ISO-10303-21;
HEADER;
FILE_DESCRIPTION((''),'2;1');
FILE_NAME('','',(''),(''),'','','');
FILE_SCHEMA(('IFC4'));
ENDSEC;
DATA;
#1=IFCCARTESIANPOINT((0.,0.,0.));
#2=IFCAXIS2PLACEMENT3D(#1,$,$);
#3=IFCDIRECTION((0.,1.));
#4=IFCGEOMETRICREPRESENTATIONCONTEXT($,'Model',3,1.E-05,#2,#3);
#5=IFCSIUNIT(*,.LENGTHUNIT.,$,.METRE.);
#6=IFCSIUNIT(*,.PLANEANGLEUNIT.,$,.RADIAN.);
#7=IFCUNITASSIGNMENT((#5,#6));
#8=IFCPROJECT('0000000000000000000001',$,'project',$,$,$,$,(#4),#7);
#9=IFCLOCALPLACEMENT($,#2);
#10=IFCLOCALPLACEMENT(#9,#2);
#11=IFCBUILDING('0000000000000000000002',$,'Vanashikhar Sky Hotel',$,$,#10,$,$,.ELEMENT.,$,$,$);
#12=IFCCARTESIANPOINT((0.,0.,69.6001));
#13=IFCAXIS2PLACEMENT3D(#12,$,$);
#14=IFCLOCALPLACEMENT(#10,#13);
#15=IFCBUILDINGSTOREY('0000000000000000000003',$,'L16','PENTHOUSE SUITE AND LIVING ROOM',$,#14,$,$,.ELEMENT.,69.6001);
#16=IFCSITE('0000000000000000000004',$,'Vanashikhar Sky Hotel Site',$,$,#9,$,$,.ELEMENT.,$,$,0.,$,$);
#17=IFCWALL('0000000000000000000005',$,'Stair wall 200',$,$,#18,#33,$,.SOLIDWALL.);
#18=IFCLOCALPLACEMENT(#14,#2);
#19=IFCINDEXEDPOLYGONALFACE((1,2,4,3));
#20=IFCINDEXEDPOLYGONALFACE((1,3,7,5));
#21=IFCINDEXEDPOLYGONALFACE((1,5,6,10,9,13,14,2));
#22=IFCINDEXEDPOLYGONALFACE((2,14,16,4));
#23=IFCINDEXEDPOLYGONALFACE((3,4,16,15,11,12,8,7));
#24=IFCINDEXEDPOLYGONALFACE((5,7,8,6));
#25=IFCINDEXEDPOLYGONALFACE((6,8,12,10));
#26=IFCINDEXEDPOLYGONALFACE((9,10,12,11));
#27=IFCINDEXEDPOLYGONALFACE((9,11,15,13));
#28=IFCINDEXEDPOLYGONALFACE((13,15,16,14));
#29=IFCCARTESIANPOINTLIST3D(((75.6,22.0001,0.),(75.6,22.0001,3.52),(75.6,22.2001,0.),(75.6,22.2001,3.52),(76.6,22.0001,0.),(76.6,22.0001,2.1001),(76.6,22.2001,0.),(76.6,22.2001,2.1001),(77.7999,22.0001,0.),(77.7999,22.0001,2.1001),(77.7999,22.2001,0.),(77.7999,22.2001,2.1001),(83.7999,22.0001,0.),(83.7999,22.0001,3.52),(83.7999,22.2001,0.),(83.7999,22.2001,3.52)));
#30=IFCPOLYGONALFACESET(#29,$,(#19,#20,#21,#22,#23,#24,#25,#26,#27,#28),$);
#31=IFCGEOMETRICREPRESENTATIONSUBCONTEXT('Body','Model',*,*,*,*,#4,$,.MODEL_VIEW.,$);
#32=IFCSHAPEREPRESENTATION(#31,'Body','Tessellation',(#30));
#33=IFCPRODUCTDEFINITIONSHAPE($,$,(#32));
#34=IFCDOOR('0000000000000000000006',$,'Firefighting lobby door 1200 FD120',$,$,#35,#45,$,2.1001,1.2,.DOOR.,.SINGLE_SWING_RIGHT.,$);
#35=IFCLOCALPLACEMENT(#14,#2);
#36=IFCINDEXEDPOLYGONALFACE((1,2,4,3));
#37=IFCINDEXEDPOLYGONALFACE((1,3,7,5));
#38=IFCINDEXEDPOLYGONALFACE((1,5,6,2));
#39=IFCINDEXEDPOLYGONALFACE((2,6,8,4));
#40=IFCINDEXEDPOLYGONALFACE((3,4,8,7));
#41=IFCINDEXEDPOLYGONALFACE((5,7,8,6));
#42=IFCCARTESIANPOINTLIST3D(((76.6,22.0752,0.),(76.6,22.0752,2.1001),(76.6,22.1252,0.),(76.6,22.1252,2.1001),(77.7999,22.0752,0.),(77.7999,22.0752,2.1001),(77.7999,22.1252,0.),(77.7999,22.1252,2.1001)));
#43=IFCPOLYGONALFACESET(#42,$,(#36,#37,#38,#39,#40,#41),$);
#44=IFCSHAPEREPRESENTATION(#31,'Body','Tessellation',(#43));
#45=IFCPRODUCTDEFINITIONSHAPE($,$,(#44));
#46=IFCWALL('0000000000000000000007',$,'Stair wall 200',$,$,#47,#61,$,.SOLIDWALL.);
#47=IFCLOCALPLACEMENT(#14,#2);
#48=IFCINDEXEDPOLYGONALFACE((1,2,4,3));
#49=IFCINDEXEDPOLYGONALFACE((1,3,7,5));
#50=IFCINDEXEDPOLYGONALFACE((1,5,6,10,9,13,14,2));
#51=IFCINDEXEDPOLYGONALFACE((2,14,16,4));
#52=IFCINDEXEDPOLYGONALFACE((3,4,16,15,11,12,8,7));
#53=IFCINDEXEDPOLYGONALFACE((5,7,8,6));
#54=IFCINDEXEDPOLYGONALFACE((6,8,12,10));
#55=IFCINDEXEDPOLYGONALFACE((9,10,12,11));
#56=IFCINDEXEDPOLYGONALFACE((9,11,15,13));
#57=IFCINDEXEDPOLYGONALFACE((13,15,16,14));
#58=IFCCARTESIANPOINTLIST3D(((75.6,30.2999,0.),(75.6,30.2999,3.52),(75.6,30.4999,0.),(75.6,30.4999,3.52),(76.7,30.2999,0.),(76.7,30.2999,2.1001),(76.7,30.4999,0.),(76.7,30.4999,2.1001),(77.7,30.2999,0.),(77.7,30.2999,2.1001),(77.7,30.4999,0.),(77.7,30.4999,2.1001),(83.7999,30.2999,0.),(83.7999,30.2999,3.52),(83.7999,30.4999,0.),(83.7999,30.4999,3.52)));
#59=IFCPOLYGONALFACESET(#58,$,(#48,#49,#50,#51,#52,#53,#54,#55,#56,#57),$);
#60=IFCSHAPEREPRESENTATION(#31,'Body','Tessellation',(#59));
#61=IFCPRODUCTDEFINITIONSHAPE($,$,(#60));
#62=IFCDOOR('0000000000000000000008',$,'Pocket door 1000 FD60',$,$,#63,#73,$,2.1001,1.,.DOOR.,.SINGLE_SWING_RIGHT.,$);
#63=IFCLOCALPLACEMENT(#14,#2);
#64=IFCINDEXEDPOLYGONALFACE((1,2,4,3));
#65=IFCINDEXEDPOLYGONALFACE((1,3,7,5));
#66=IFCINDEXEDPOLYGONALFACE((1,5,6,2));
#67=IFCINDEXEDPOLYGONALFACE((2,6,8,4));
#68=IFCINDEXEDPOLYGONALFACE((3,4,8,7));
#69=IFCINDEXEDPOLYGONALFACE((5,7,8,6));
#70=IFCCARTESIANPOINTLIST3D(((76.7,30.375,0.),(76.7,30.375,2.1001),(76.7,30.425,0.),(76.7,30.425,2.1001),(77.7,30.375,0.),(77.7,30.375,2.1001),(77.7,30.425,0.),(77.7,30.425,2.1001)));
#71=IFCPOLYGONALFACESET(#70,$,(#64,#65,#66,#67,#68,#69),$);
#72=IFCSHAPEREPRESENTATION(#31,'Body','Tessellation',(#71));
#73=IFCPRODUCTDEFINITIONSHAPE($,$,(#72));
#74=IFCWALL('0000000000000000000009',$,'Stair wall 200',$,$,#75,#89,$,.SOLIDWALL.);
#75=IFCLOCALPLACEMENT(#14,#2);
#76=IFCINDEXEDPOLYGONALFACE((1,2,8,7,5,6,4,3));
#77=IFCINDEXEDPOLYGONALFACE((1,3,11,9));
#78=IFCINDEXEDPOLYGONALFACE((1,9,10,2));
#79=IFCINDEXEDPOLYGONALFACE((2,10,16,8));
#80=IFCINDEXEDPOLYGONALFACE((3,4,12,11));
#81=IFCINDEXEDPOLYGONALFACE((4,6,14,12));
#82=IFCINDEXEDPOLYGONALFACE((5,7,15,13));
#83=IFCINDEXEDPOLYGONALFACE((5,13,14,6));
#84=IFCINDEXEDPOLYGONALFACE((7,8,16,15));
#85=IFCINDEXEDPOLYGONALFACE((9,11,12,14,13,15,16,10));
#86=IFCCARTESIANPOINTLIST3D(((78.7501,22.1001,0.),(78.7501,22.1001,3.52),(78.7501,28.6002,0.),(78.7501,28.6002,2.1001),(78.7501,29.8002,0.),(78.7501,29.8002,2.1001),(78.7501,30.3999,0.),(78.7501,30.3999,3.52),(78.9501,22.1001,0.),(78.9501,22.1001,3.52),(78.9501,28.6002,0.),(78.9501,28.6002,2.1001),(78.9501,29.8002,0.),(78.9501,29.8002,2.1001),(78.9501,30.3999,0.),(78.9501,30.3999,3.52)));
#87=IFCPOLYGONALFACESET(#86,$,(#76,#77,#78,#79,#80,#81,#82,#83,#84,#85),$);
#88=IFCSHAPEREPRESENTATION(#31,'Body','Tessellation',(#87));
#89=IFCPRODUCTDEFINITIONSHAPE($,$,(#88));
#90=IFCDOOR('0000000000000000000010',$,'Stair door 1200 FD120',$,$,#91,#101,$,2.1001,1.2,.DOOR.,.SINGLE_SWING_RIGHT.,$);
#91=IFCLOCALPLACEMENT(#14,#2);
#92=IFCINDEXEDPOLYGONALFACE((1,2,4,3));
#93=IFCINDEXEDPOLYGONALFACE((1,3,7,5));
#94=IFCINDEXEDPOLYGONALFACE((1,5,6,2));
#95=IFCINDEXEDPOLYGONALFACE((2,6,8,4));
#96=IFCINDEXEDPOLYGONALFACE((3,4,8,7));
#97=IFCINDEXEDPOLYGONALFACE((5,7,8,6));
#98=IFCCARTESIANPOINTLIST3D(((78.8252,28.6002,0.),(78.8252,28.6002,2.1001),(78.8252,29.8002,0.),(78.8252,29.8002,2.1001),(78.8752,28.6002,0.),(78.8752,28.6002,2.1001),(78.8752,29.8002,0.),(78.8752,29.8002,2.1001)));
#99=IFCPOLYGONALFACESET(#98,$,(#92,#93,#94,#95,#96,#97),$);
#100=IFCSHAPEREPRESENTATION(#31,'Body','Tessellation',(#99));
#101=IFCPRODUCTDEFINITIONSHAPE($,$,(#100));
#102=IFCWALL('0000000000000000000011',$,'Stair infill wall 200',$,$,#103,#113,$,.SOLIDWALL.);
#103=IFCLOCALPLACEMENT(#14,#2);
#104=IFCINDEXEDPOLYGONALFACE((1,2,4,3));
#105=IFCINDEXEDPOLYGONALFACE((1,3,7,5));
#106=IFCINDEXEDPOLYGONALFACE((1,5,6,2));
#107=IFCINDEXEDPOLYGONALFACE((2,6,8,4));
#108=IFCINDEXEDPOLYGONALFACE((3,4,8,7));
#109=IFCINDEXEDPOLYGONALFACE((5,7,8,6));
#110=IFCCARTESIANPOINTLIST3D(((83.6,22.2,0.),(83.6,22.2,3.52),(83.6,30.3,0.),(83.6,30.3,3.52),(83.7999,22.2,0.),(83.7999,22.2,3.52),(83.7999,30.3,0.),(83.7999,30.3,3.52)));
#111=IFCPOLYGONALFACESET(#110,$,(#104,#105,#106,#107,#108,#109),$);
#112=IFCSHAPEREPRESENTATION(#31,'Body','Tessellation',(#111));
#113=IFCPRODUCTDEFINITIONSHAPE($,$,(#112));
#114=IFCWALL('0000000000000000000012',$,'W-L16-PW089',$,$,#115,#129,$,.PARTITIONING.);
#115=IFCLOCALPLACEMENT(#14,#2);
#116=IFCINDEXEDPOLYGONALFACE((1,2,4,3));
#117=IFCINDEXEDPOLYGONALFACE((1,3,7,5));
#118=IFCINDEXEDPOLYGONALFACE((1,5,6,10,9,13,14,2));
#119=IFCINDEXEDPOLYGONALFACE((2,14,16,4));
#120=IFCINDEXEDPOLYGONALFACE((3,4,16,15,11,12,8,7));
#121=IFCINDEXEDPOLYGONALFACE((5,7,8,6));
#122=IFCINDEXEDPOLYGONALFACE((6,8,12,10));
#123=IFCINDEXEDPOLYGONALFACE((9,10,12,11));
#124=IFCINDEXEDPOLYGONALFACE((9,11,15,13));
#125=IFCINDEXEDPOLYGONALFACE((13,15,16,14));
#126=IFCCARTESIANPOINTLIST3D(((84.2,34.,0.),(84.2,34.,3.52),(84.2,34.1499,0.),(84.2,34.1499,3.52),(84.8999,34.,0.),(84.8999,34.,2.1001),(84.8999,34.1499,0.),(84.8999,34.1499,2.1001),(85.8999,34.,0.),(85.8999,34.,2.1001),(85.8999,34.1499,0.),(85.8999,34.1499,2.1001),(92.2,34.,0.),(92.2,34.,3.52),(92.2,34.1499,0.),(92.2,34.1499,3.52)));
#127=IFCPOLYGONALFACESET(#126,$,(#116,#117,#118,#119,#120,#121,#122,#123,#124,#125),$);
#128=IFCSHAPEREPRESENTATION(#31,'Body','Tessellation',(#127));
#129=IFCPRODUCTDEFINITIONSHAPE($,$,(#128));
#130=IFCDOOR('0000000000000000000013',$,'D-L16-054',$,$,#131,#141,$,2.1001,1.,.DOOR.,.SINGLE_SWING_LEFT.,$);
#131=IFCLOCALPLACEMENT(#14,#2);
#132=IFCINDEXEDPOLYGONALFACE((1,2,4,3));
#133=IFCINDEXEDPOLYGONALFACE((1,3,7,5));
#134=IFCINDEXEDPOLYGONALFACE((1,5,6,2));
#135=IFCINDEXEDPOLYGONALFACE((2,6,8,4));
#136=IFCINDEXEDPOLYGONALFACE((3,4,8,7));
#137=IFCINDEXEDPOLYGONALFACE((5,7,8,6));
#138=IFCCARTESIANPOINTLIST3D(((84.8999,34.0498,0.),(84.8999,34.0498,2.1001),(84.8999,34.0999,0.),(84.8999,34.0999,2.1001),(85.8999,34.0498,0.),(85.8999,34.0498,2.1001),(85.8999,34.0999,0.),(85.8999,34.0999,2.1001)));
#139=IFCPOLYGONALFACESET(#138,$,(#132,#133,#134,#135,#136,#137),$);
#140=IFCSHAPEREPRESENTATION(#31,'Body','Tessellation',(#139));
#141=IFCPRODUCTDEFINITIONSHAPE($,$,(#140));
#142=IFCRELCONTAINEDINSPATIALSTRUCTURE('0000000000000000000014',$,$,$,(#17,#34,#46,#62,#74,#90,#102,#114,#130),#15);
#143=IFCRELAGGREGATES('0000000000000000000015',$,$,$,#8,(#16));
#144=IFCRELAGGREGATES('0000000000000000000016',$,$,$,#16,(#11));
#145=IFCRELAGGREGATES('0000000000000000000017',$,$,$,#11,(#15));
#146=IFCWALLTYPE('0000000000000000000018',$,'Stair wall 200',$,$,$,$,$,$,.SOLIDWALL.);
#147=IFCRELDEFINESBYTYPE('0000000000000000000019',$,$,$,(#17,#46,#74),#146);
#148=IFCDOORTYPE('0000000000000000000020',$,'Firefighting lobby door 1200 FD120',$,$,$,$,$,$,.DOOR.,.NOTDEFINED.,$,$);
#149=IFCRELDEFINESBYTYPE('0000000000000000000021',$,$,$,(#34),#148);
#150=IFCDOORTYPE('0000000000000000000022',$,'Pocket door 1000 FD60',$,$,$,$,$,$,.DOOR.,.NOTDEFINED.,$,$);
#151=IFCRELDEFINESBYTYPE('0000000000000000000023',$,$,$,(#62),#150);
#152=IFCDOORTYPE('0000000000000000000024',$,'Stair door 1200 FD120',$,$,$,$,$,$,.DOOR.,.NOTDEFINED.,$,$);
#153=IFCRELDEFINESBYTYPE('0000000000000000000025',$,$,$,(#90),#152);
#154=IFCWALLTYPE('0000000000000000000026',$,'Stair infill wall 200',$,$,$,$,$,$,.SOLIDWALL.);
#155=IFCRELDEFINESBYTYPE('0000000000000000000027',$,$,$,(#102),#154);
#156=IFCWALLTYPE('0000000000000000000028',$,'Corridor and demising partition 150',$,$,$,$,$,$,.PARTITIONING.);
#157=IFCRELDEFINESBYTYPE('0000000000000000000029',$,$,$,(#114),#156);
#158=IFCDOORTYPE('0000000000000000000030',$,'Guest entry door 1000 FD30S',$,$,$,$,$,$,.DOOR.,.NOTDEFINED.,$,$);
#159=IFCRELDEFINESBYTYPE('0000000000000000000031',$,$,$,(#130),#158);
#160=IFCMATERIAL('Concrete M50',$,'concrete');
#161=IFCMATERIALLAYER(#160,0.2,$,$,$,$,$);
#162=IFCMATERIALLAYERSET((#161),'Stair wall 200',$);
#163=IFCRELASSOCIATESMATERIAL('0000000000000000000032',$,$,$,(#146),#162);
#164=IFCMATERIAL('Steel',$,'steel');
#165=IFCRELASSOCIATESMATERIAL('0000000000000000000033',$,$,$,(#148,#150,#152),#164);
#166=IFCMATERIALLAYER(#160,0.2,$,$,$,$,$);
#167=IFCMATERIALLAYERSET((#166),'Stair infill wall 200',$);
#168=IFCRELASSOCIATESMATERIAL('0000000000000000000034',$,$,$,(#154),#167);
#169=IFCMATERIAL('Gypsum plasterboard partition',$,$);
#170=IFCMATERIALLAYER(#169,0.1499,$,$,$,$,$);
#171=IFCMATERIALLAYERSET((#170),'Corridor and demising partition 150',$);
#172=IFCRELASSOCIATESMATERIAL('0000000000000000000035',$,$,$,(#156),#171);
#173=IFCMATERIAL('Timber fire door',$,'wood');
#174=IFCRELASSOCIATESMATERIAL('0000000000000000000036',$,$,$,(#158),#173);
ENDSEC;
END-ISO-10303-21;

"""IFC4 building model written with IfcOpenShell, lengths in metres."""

from ifc_helpers import new_model, si_unit, direction, frame, frame_2d, origin, place, context, subcontext, project, spatial, rectangle, extrude, source, transform, mapped, material, layer, layer_set, type_object, element, fill, save


model = new_model("IFC4")

# Units and contexts
model_context = context("Model", 3, precision=1e-05, world=origin(), true_north=direction((0.0, 1.0)))
body_context = subcontext(model_context, "Body", "Model", "MODEL_VIEW")
ifc_project = project(units=[si_unit("LENGTHUNIT", "METRE"), si_unit("PLANEANGLEUNIT", "RADIAN")], contexts=[model_context])

# Site, building, storey
site_placement = place(None, origin())
site = spatial("IfcSite", under=ifc_project, at=site_placement, Name="Vanashikhar Sky Hotel Site", CompositionType="ELEMENT", RefElevation=0.0)
building_placement = place(site_placement, origin())
building = spatial("IfcBuilding", under=site, at=building_placement, Name="Vanashikhar Sky Hotel", CompositionType="ELEMENT")
storey_placement = place(building_placement, frame((0.0, 0.0, 69.6001)))
storey = spatial("IfcBuildingStorey", under=building, at=storey_placement, Name="L16", Description="PENTHOUSE SUITE AND LIVING ROOM", CompositionType="ELEMENT", Elevation=69.6001)

# Shared definitions
ifc_material_1 = material(Name="Concrete M50", Category="concrete")

# Walls, openings, doors
ifc_layer_1 = layer(ifc_material_1, 0.2)
ifc_layer_set_1 = layer_set([ifc_layer_1], Name="Stair wall 200")
wall_type_1 = type_object("IfcWallType", Name="Stair wall 200", PredefinedType="SOLIDWALL", material=ifc_layer_set_1)
shared_shape_1 = source(origin(), body_context, "Body", "SweptSolid", [
    extrude(rectangle(XDim=8.2, YDim=0.2, at=frame_2d((4.1001, 0.0))), origin(), (0.0, 0.0, 1.0), 3.52),
])
wall_1_placement = place(storey_placement, frame((83.8, 22.1001, 0.0), z_axis=(0.0, 0.0, 1.0), x_axis=(-1.0, 0.0, 0.0)))
wall_1 = element("IfcWall", 1, at=wall_1_placement, inside=storey, type_object=wall_type_1, Name="Stair wall 200", PredefinedType="SOLIDWALL", context=body_context, shape_type="MappedRepresentation", body=[
    mapped(shared_shape_1, transform((0.0, 0.0, 0.0), scale=1.0)),
])
shared_shape_2 = source(origin(), body_context, "Body", "SweptSolid", [
    extrude(rectangle(XDim=1.2, YDim=2.1001, at=frame_2d((0.6001, 1.05))), frame((0.0, 0.1099, 0.0), z_axis=(0.0, -1.0, 0.0), x_axis=(1.0, 0.0, 0.0)), (0.0, 0.0, 1.0), 0.22),
])
opening_1_placement = place(wall_1_placement, frame((6.0, 0.0, 0.0)))
opening_1 = element("IfcOpeningElement", 2, at=opening_1_placement, cuts=wall_1, PredefinedType="OPENING", context=body_context, shape_type="MappedRepresentation", body=[
    mapped(shared_shape_2, transform((0.0, 0.0, 0.0), scale=1.0)),
])
ifc_material_2 = material(Name="Steel", Category="steel")
door_type_1 = type_object("IfcDoorType", Name="Firefighting lobby door 1200 FD120", OperationType="NOTDEFINED", PredefinedType="DOOR", material=ifc_material_2)
shared_shape_3 = source(origin(), body_context, "Body", "SweptSolid", [
    extrude(rectangle(XDim=1.2, YDim=2.1001, at=frame_2d((0.6001, 1.05))), frame((0.0, 0.0249, 0.0), z_axis=(0.0, -1.0, 0.0), x_axis=(1.0, 0.0, 0.0)), (0.0, 0.0, 1.0), 0.05),
])
door_1_placement = place(opening_1_placement, origin())
door_1 = element("IfcDoor", 3, at=door_1_placement, inside=storey, type_object=door_type_1, Name="Firefighting lobby door 1200 FD120", OperationType="SINGLE_SWING_RIGHT", OverallHeight=2.1001, OverallWidth=1.2, PredefinedType="DOOR", context=body_context, shape_type="MappedRepresentation", body=[
    mapped(shared_shape_3, transform((0.0, 0.0, 0.0), scale=1.0)),
])
fill(opening_1, door_1)
wall_2_placement = place(storey_placement, frame((83.8, 30.3999, 0.0), z_axis=(0.0, 0.0, 1.0), x_axis=(-1.0, 0.0, 0.0)))
wall_2 = element("IfcWall", 4, at=wall_2_placement, inside=storey, type_object=wall_type_1, Name="Stair wall 200", PredefinedType="SOLIDWALL", context=body_context, shape_type="MappedRepresentation", body=[
    mapped(shared_shape_1, transform((0.0, 0.0, 0.0), scale=1.0)),
])
shared_shape_4 = source(origin(), body_context, "Body", "SweptSolid", [
    extrude(rectangle(XDim=1.0, YDim=2.1001, at=frame_2d((0.5, 1.05))), frame((0.0, 0.1099, 0.0), z_axis=(0.0, -1.0, 0.0), x_axis=(1.0, 0.0, 0.0)), (0.0, 0.0, 1.0), 0.22),
])
opening_2_placement = place(wall_2_placement, frame((6.1001, 0.0, 0.0)))
opening_2 = element("IfcOpeningElement", 5, at=opening_2_placement, cuts=wall_2, PredefinedType="OPENING", context=body_context, shape_type="MappedRepresentation", body=[
    mapped(shared_shape_4, transform((0.0, 0.0, 0.0), scale=1.0)),
])
door_type_2 = type_object("IfcDoorType", Name="Pocket door 1000 FD60", OperationType="NOTDEFINED", PredefinedType="DOOR", material=ifc_material_2)
shared_shape_5 = source(origin(), body_context, "Body", "SweptSolid", [
    extrude(rectangle(XDim=1.0, YDim=2.1001, at=frame_2d((0.5, 1.05))), frame((0.0, 0.0249, 0.0), z_axis=(0.0, -1.0, 0.0), x_axis=(1.0, 0.0, 0.0)), (0.0, 0.0, 1.0), 0.05),
])
door_2_placement = place(opening_2_placement, origin())
door_2 = element("IfcDoor", 6, at=door_2_placement, inside=storey, type_object=door_type_2, Name="Pocket door 1000 FD60", OperationType="SINGLE_SWING_RIGHT", OverallHeight=2.1001, OverallWidth=1.0, PredefinedType="DOOR", context=body_context, shape_type="MappedRepresentation", body=[
    mapped(shared_shape_5, transform((0.0, 0.0, 0.0), scale=1.0)),
])
fill(opening_2, door_2)
shared_shape_6 = source(origin(), body_context, "Body", "SweptSolid", [
    extrude(rectangle(XDim=8.2998, YDim=0.2, at=frame_2d((4.1499, 0.0))), origin(), (0.0, 0.0, 1.0), 3.52),
])
wall_3_placement = place(storey_placement, frame((78.8501, 22.1001, 0.0), z_axis=(0.0, 0.0, 1.0), x_axis=(0.0, 1.0, 0.0)))
wall_3 = element("IfcWall", 7, at=wall_3_placement, inside=storey, type_object=wall_type_1, Name="Stair wall 200", PredefinedType="SOLIDWALL", context=body_context, shape_type="MappedRepresentation", body=[
    mapped(shared_shape_6, transform((0.0, 0.0, 0.0), scale=1.0)),
])
opening_3_placement = place(wall_3_placement, frame((6.5, 0.0, 0.0)))
opening_3 = element("IfcOpeningElement", 8, at=opening_3_placement, cuts=wall_3, PredefinedType="OPENING", context=body_context, shape_type="MappedRepresentation", body=[
    mapped(shared_shape_2, transform((0.0, 0.0, 0.0), scale=1.0)),
])
door_type_3 = type_object("IfcDoorType", Name="Stair door 1200 FD120", OperationType="NOTDEFINED", PredefinedType="DOOR", material=ifc_material_2)
door_3_placement = place(opening_3_placement, origin())
door_3 = element("IfcDoor", 9, at=door_3_placement, inside=storey, type_object=door_type_3, Name="Stair door 1200 FD120", OperationType="SINGLE_SWING_RIGHT", OverallHeight=2.1001, OverallWidth=1.2, PredefinedType="DOOR", context=body_context, shape_type="MappedRepresentation", body=[
    mapped(shared_shape_3, transform((0.0, 0.0, 0.0), scale=1.0)),
])
fill(opening_3, door_3)

# Wall
ifc_layer_2 = layer(ifc_material_1, 0.2)
ifc_layer_set_2 = layer_set([ifc_layer_2], Name="Stair infill wall 200")
wall_type_2 = type_object("IfcWallType", Name="Stair infill wall 200", PredefinedType="SOLIDWALL", material=ifc_layer_set_2)
shared_shape_7 = source(origin(), body_context, "Body", "SweptSolid", [
    extrude(rectangle(XDim=8.1001, YDim=0.2, at=frame_2d((4.05, 0.0))), origin(), (0.0, 0.0, 1.0), 3.52),
])
wall_4_placement = place(storey_placement, frame((83.7, 22.2, 0.0), z_axis=(0.0, 0.0, 1.0), x_axis=(0.0, 1.0, 0.0)))
element("IfcWall", 10, at=wall_4_placement, inside=storey, type_object=wall_type_2, Name="Stair infill wall 200", PredefinedType="SOLIDWALL", context=body_context, shape_type="MappedRepresentation", body=[
    mapped(shared_shape_7, transform((0.0, 0.0, 0.0), scale=1.0)),
])

# Wall, opening, door
ifc_material_3 = material(Name="Gypsum plasterboard partition")
ifc_layer_3 = layer(ifc_material_3, 0.1499)
ifc_layer_set_3 = layer_set([ifc_layer_3], Name="Corridor and demising partition 150")
wall_type_3 = type_object("IfcWallType", Name="Corridor and demising partition 150", PredefinedType="PARTITIONING", material=ifc_layer_set_3)
shared_shape_8 = source(origin(), body_context, "Body", "SweptSolid", [
    extrude(rectangle(XDim=8.0, YDim=0.1499, at=frame_2d((4.0, 0.0))), origin(), (0.0, 0.0, 1.0), 3.52),
])
wall_5_placement = place(storey_placement, frame((84.2, 34.075, 0.0), z_axis=(0.0, 0.0, 1.0), x_axis=(1.0, 0.0, 0.0)))
wall_5 = element("IfcWall", 11, at=wall_5_placement, inside=storey, type_object=wall_type_3, Name="W-L16-PW089", PredefinedType="PARTITIONING", context=body_context, shape_type="MappedRepresentation", body=[
    mapped(shared_shape_8, transform((0.0, 0.0, 0.0), scale=1.0)),
])
shared_shape_9 = source(origin(), body_context, "Body", "SweptSolid", [
    extrude(rectangle(XDim=1.0, YDim=2.1001, at=frame_2d((0.5, 1.05))), frame((0.0, 0.085, 0.0), z_axis=(0.0, -1.0, 0.0), x_axis=(1.0, 0.0, 0.0)), (0.0, 0.0, 1.0), 0.1699),
])
opening_4_placement = place(wall_5_placement, frame((0.7, 0.0, 0.0)))
opening_4 = element("IfcOpeningElement", 12, at=opening_4_placement, cuts=wall_5, PredefinedType="OPENING", context=body_context, shape_type="MappedRepresentation", body=[
    mapped(shared_shape_9, transform((0.0, 0.0, 0.0), scale=1.0)),
])
ifc_material_4 = material(Name="Timber fire door", Category="wood")
door_type_4 = type_object("IfcDoorType", Name="Guest entry door 1000 FD30S", OperationType="NOTDEFINED", PredefinedType="DOOR", material=ifc_material_4)
door_4_placement = place(opening_4_placement, origin())
door_4 = element("IfcDoor", 13, at=door_4_placement, inside=storey, type_object=door_type_4, Name="D-L16-054", OperationType="SINGLE_SWING_LEFT", OverallHeight=2.1001, OverallWidth=1.0, PredefinedType="DOOR", context=body_context, shape_type="MappedRepresentation", body=[
    mapped(shared_shape_5, transform((0.0, 0.0, 0.0), scale=1.0)),
])
fill(opening_4, door_4)

save(model, "model.ifc")
